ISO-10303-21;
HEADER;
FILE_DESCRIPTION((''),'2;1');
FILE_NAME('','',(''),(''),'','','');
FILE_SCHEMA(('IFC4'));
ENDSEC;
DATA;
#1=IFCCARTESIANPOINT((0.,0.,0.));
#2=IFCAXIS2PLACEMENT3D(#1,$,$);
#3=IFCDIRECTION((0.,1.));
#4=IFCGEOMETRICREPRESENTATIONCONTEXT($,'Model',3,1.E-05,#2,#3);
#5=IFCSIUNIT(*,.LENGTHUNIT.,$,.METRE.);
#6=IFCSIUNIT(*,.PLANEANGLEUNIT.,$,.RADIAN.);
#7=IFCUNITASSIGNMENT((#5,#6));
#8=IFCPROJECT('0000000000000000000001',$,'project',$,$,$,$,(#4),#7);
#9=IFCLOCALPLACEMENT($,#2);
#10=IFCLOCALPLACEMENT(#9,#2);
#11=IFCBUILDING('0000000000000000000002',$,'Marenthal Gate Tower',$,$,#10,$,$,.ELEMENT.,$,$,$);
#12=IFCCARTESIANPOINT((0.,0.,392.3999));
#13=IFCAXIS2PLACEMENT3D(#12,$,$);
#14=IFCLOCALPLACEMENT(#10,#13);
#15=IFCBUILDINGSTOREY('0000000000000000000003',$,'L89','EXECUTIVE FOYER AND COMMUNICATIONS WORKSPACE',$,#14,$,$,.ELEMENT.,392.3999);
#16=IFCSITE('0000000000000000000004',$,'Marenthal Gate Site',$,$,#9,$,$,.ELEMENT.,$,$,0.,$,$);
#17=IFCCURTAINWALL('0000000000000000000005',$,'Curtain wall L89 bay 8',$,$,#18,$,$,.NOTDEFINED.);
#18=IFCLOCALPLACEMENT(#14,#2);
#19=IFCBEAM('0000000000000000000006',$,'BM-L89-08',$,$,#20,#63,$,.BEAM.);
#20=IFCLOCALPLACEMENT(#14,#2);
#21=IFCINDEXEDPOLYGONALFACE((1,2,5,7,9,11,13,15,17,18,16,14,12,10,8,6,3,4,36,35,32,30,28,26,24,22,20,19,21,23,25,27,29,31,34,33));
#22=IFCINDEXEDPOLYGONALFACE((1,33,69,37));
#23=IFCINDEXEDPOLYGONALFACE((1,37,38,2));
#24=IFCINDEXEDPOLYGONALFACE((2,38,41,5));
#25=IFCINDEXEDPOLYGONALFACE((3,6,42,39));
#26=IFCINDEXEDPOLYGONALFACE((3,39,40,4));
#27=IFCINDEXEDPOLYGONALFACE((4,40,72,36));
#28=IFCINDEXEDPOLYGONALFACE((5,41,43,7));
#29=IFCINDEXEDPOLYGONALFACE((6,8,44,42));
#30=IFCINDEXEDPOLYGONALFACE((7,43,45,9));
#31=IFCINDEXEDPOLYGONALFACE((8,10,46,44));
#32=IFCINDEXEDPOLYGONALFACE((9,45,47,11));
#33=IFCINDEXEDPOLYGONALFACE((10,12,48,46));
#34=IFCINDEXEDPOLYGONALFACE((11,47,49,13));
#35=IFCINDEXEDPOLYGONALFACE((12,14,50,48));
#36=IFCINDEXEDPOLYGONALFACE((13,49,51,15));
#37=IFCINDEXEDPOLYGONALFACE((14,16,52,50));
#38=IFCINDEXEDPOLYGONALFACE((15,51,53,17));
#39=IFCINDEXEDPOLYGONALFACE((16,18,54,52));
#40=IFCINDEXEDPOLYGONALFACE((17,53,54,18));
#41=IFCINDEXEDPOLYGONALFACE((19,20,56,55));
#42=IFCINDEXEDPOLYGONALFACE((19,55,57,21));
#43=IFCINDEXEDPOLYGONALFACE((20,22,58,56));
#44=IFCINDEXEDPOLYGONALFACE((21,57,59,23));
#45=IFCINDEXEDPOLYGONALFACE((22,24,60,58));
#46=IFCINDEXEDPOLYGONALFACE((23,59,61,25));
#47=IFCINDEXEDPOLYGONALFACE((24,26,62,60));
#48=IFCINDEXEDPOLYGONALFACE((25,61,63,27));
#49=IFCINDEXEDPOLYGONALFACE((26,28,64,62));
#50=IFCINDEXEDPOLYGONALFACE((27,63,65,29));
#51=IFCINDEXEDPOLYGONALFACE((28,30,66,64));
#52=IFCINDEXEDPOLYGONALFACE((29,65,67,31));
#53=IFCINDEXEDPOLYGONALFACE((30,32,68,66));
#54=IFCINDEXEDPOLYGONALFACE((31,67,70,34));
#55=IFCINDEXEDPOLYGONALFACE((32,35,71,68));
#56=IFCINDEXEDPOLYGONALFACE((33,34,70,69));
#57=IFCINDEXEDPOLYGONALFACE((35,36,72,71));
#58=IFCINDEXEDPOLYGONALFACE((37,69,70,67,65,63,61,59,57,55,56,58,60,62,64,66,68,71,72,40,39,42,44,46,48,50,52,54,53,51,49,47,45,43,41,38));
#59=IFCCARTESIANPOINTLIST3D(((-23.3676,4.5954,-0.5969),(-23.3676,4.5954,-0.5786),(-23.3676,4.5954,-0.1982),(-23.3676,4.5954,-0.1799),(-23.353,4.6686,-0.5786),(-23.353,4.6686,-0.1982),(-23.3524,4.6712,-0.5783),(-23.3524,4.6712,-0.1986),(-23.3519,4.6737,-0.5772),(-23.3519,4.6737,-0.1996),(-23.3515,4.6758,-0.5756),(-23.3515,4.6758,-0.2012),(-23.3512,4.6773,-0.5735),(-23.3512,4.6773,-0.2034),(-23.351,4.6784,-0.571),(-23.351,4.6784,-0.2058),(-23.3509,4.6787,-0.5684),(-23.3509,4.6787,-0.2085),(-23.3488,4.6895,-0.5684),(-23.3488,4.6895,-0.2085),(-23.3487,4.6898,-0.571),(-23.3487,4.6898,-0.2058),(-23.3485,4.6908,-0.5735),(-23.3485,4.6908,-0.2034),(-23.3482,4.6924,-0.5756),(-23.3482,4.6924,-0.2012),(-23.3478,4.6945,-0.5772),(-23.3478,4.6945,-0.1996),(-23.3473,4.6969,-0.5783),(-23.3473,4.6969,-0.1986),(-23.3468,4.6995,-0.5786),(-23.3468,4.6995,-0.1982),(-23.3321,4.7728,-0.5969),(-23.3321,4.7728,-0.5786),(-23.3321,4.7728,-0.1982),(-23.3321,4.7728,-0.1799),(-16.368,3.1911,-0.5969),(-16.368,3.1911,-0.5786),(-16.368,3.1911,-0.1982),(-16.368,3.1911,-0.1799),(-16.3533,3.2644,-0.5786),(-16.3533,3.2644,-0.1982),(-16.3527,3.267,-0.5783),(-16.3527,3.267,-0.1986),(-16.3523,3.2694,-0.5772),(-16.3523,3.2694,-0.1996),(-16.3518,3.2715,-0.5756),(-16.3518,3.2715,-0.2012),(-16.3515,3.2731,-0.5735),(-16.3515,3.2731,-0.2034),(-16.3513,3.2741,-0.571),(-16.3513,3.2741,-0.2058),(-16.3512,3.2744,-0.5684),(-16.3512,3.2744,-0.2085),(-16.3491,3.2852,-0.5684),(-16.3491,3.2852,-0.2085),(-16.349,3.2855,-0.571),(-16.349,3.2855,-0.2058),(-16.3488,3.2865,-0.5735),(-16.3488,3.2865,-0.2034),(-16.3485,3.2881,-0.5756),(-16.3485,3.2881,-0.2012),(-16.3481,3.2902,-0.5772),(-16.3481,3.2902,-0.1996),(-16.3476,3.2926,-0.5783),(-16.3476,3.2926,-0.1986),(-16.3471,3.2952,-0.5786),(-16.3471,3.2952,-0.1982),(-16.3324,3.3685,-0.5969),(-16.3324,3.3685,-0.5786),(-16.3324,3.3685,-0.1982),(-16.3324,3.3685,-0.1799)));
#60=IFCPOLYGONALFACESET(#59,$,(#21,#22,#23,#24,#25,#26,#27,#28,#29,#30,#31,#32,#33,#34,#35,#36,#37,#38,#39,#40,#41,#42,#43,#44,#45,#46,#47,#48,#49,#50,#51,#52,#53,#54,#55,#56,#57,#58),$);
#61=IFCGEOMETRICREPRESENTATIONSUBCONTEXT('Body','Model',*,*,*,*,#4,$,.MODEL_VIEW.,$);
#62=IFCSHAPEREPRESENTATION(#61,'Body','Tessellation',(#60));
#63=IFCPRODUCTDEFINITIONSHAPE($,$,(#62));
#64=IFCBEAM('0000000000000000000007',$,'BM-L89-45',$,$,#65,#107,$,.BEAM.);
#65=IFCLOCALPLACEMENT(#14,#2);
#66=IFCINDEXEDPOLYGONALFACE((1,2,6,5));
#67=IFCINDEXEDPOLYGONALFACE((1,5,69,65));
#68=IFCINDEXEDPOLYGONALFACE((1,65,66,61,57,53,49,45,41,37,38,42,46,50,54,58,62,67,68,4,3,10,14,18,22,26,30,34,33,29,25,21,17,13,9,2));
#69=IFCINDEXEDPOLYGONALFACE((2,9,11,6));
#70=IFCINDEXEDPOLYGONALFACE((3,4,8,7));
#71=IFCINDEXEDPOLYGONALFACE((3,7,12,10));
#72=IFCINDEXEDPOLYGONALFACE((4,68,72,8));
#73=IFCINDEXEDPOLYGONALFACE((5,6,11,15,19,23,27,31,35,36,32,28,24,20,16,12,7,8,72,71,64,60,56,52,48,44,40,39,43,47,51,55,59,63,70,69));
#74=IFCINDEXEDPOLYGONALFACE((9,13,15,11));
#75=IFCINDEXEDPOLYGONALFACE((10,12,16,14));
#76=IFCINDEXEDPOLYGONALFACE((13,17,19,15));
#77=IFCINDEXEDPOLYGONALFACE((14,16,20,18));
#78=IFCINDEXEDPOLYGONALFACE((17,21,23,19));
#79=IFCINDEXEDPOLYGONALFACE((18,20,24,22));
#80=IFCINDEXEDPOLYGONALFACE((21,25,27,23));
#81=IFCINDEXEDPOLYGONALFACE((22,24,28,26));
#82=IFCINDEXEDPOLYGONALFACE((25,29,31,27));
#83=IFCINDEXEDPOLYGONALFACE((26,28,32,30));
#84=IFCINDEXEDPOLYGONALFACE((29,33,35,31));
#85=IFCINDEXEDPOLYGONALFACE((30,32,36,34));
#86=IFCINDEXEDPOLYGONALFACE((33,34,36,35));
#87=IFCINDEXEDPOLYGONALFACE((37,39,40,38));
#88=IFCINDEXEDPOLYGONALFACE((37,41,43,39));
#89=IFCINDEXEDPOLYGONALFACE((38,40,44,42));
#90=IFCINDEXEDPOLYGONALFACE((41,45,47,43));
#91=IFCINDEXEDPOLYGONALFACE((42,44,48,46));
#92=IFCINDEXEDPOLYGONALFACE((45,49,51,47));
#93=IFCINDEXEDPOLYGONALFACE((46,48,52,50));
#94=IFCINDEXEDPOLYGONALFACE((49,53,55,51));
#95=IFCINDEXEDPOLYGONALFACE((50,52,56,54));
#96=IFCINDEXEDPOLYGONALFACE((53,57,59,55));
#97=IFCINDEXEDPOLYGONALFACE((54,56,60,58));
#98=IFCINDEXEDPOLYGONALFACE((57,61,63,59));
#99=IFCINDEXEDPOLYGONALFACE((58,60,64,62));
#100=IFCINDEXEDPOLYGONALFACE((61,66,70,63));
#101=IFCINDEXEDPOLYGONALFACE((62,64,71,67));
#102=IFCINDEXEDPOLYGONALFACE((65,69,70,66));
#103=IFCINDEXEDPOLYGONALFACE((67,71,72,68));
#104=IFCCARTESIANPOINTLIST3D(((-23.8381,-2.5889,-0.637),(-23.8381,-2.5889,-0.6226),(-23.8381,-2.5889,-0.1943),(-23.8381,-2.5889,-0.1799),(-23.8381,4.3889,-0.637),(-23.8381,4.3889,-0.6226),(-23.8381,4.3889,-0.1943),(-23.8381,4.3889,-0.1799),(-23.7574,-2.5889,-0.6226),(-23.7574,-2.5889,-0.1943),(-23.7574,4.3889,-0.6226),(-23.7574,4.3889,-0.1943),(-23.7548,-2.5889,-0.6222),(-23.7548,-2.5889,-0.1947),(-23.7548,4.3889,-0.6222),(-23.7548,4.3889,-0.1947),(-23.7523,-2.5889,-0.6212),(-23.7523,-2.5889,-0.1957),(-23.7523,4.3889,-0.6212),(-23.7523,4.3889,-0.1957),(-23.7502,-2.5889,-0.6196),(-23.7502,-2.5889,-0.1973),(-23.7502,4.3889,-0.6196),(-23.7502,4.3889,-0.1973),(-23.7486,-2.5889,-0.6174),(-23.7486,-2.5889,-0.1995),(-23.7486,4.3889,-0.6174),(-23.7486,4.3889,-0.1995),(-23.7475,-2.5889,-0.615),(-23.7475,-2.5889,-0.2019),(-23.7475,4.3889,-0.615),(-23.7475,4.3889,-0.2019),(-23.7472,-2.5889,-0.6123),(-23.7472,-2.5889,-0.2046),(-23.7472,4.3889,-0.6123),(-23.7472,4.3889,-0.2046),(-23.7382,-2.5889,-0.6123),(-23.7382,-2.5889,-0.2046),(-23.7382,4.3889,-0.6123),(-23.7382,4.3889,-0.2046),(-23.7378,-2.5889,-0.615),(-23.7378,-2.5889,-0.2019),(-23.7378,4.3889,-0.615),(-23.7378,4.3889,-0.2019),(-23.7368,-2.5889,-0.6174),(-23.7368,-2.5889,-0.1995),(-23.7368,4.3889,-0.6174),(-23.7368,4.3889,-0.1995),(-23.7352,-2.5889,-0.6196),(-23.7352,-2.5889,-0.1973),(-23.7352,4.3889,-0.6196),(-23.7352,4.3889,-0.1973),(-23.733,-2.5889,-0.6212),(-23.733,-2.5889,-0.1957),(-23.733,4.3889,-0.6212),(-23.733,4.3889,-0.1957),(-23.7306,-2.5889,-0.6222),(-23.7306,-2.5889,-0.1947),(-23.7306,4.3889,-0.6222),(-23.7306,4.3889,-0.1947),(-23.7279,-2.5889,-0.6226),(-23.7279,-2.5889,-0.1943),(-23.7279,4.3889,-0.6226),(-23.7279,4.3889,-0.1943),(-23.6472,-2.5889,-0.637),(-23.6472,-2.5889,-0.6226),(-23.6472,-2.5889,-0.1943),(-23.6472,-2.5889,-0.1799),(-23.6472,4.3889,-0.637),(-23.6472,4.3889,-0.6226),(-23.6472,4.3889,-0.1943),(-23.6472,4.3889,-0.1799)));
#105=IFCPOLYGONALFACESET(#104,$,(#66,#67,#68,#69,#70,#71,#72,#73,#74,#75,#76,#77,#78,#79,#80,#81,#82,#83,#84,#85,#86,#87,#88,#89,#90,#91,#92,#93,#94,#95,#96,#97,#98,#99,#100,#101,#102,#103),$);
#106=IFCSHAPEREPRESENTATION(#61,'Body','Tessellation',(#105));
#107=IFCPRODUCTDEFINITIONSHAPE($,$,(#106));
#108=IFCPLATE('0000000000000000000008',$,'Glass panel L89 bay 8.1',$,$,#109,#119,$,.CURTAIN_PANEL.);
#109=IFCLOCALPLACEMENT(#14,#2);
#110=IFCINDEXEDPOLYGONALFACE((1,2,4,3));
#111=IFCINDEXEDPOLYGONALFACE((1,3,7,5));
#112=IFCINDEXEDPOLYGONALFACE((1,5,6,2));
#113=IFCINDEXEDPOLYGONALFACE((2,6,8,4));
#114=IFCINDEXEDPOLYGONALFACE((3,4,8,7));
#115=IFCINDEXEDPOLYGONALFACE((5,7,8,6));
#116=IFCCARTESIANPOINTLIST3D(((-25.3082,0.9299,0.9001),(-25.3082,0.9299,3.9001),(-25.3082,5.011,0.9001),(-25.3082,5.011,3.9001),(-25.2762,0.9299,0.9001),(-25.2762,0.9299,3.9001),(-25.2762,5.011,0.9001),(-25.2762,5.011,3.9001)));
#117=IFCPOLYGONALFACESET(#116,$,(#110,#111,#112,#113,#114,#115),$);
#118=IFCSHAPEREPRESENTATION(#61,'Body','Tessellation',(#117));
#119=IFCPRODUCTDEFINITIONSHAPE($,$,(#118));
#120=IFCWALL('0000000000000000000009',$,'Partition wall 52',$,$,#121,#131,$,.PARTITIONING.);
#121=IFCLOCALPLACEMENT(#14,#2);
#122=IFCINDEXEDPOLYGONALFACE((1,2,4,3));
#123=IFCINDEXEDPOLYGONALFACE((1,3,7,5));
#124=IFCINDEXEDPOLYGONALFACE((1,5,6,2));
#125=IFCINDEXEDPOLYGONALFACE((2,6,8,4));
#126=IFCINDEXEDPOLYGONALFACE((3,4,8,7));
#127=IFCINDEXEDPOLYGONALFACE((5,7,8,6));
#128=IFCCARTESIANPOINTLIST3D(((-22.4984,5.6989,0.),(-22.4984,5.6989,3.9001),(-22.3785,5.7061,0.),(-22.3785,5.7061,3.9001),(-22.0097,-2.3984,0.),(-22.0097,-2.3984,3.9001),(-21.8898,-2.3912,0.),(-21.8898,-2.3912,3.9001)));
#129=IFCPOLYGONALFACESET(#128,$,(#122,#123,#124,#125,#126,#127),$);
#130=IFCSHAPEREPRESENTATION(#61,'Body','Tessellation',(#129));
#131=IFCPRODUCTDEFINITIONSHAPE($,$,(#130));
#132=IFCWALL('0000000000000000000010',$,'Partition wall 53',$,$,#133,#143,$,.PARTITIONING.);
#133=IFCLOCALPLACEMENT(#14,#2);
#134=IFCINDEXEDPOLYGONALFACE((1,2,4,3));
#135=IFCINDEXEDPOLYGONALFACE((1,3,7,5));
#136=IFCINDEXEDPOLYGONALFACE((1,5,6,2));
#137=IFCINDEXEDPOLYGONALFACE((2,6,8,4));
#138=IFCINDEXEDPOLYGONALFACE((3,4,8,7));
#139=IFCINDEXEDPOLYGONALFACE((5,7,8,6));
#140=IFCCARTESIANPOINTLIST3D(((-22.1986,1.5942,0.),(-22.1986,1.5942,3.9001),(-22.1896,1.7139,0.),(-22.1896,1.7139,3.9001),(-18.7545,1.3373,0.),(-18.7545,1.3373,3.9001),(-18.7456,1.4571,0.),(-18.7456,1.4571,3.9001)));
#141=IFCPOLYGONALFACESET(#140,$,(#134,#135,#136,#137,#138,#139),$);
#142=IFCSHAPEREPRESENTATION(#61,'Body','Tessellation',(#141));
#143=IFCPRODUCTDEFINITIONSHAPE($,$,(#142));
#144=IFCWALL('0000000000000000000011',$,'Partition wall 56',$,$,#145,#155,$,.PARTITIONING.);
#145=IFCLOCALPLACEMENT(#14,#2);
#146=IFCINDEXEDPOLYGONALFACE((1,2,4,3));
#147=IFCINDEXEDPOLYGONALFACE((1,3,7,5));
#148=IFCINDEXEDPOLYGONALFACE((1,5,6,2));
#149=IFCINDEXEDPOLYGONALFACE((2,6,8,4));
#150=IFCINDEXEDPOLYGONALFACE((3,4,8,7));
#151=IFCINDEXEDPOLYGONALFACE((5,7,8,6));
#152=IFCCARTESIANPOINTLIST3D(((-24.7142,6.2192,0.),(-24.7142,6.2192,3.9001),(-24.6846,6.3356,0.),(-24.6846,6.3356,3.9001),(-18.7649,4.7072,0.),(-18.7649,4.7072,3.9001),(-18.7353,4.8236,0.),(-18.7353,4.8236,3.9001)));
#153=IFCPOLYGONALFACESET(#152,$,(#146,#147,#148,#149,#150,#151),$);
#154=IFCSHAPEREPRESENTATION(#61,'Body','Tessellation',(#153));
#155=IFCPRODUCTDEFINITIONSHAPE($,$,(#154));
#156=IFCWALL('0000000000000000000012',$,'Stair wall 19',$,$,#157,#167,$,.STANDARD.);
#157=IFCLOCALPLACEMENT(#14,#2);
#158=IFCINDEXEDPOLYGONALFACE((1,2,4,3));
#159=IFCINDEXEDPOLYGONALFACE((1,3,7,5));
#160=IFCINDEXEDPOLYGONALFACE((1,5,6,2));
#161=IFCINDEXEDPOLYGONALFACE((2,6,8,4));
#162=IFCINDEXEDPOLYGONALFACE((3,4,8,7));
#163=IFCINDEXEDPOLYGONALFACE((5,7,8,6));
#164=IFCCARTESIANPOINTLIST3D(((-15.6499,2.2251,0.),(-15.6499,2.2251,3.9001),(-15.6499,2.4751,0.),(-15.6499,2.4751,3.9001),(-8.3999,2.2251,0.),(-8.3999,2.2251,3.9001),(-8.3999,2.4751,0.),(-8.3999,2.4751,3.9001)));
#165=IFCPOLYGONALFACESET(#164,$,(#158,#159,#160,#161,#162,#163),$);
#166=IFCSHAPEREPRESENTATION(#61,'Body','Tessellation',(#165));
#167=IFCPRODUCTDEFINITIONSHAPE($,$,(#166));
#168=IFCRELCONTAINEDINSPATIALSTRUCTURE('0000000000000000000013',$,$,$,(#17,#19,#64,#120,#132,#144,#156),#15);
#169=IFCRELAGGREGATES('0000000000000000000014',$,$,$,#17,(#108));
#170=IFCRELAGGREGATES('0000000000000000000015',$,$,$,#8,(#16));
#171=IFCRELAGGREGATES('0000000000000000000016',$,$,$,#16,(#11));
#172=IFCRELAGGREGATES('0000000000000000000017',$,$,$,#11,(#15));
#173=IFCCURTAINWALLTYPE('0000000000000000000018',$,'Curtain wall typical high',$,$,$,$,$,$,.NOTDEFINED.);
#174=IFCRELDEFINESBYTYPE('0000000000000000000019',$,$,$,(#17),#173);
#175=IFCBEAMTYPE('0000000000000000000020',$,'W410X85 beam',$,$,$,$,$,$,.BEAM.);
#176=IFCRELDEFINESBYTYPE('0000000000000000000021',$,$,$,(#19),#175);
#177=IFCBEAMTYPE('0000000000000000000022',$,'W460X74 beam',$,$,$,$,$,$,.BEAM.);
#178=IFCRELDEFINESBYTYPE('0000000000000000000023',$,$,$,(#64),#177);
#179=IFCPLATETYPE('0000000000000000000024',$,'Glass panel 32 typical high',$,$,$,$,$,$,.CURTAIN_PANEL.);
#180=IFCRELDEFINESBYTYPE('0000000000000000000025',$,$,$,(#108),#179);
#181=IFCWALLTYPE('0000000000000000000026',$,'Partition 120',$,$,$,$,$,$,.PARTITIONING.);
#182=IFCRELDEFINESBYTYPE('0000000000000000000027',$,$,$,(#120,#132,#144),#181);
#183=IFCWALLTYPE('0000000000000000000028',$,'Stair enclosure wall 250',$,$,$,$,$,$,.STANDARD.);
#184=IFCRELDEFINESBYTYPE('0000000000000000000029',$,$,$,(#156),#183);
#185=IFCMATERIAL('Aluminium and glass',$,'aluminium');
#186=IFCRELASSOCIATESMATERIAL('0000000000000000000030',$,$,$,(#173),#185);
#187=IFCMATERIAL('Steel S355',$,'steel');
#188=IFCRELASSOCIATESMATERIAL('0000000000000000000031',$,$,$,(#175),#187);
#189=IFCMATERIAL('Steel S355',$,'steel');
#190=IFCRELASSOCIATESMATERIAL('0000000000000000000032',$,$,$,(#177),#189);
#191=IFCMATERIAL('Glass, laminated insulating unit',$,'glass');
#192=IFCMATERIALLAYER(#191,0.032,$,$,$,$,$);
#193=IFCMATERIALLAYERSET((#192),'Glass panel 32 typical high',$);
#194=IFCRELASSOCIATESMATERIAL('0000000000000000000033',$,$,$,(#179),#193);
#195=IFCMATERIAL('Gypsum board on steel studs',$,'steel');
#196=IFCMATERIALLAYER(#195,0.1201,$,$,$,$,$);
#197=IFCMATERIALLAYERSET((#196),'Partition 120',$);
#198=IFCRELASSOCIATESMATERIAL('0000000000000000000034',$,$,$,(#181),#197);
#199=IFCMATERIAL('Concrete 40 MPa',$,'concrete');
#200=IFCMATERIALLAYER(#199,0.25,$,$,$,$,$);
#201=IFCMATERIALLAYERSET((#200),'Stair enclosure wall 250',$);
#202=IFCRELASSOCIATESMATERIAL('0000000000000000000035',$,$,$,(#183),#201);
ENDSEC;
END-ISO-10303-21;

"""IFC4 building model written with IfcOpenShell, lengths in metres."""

from ifc_helpers import new_model, si_unit, direction, frame, frame_2d, origin, origin_2d, place, context, subcontext, project, spatial, rectangle, i_section, extrude, material, layer, layer_set, material_profile, profile_set, type_object, element, aggregate, save


model = new_model("IFC4")

# Units and contexts
model_context = context("Model", 3, precision=1e-05, world=origin(), true_north=direction((0.0, 1.0)))
body_context = subcontext(model_context, "Body", "Model", "MODEL_VIEW")
ifc_project = project(units=[si_unit("LENGTHUNIT", "METRE"), si_unit("PLANEANGLEUNIT", "RADIAN")], contexts=[model_context])

# Site, building, storey
site_placement = place(None, origin())
site = spatial("IfcSite", under=ifc_project, at=site_placement, Name="Marenthal Gate Site", CompositionType="ELEMENT", RefElevation=0.0)
building_placement = place(site_placement, origin())
building = spatial("IfcBuilding", under=site, at=building_placement, Name="Marenthal Gate Tower", CompositionType="ELEMENT")
storey_placement = place(building_placement, frame((0.0, 0.0, 392.3999)))
storey = spatial("IfcBuildingStorey", under=building, at=storey_placement, Name="L89", Description="EXECUTIVE FOYER AND COMMUNICATIONS WORKSPACE", CompositionType="ELEMENT", Elevation=392.3999)

# Curtain wall
ifc_material_1 = material(Name="Aluminium and glass", Category="aluminium")
curtain_wall_type = type_object("IfcCurtainWallType", Name="Curtain wall typical high", PredefinedType="NOTDEFINED", material=ifc_material_1)
curtain_wall_placement = place(storey_placement, origin())
curtain_wall = element("IfcCurtainWall", 1, at=curtain_wall_placement, inside=storey, type_object=curtain_wall_type, Name="Curtain wall L89 bay 8", PredefinedType="NOTDEFINED")

# Beams
ifc_material_2 = material(Name="Steel S355", Category="steel")
ifc_material_profile_1 = material_profile(ifc_material_2, i_section(OverallWidth=0.1809, OverallDepth=0.417, WebThickness=0.011, FlangeThickness=0.0183, FilletRadius=0.0103, at=origin_2d()), Name="W410X85")
ifc_profile_set_1 = profile_set([ifc_material_profile_1], Name="Steel S355")
beam_type_1 = type_object("IfcBeamType", Name="W410X85 beam", PredefinedType="BEAM", material=ifc_profile_set_1)
beam_1_placement = place(storey_placement, frame((-23.3499, 4.6841, -0.3884), z_axis=(0.980463, -0.196701, 0.0), x_axis=(0.196701, 0.980463, 0.0)))
element("IfcBeam", 2, at=beam_1_placement, inside=storey, type_object=beam_type_1, Name="BM-L89-08", PredefinedType="BEAM", context=body_context, shape_type="SweptSolid", body=[
    extrude(i_section(OverallWidth=0.1809, OverallDepth=0.417, WebThickness=0.011, FlangeThickness=0.0183, FilletRadius=0.0103, at=origin_2d()), origin(), (0.0, 0.0, 1.0), 7.1392),
])
ifc_material_3 = material(Name="Steel S355", Category="steel")
ifc_material_profile_2 = material_profile(ifc_material_3, i_section(OverallWidth=0.1909, OverallDepth=0.457, WebThickness=0.009, FlangeThickness=0.0144, FilletRadius=0.0103, at=origin_2d()), Name="W460X74")
ifc_profile_set_2 = profile_set([ifc_material_profile_2], Name="Steel S355")
beam_type_2 = type_object("IfcBeamType", Name="W460X74 beam", PredefinedType="BEAM", material=ifc_profile_set_2)
beam_2_placement = place(storey_placement, frame((-23.7427, 4.3889, -0.4084), z_axis=(0.0, -1.0, 0.0), x_axis=(1.0, 0.0, 0.0)))
element("IfcBeam", 3, at=beam_2_placement, inside=storey, type_object=beam_type_2, Name="BM-L89-45", PredefinedType="BEAM", context=body_context, shape_type="SweptSolid", body=[
    extrude(i_section(OverallWidth=0.1909, OverallDepth=0.457, WebThickness=0.009, FlangeThickness=0.0144, FilletRadius=0.0103, at=origin_2d()), origin(), (0.0, 0.0, 1.0), 6.9778),
])

# Plate
ifc_material_4 = material(Name="Glass, laminated insulating unit", Category="glass")
ifc_layer_1 = layer(ifc_material_4, 0.032)
ifc_layer_set_1 = layer_set([ifc_layer_1], Name="Glass panel 32 typical high")
plate_type = type_object("IfcPlateType", Name="Glass panel 32 typical high", PredefinedType="CURTAIN_PANEL", material=ifc_layer_set_1)
plate_placement = place(storey_placement, frame((-25.2922, 2.9705, 0.9001), z_axis=(0.0, 0.0, 1.0), x_axis=(0.0, -1.0, 0.0)))
plate = element("IfcPlate", 4, at=plate_placement, type_object=plate_type, Name="Glass panel L89 bay 8.1", PredefinedType="CURTAIN_PANEL", context=body_context, shape_type="SweptSolid", body=[
    extrude(rectangle(XDim=4.0811, YDim=0.032, at=origin_2d()), origin(), (0.0, 0.0, 1.0), 3.0),
])
aggregate(curtain_wall, [plate])

# Walls
ifc_material_5 = material(Name="Gypsum board on steel studs", Category="steel")
ifc_layer_2 = layer(ifc_material_5, 0.1201)
ifc_layer_set_2 = layer_set([ifc_layer_2], Name="Partition 120")
wall_type_1 = type_object("IfcWallType", Name="Partition 120", PredefinedType="PARTITIONING", material=ifc_layer_set_2)
wall_1_placement = place(storey_placement, frame((-22.4385, 5.7026, 0.0), z_axis=(0.0, 0.0, 1.0), x_axis=(0.060252, -0.998183, 0.0)))
element("IfcWall", 5, at=wall_1_placement, inside=storey, type_object=wall_type_1, Name="Partition wall 52", PredefinedType="PARTITIONING", context=body_context, shape_type="SweptSolid", body=[
    extrude(rectangle(XDim=8.1121, YDim=0.1201, at=frame_2d((4.0562, 0.0))), origin(), (0.0, 0.0, 1.0), 3.9001),
])
wall_2_placement = place(storey_placement, frame((-22.1941, 1.6541, 0.0), z_axis=(0.0, 0.0, 1.0), x_axis=(0.997231, -0.074366, 0.0)))
element("IfcWall", 6, at=wall_2_placement, inside=storey, type_object=wall_type_1, Name="Partition wall 53", PredefinedType="PARTITIONING", context=body_context, shape_type="SweptSolid", body=[
    extrude(rectangle(XDim=3.4536, YDim=0.1201, at=frame_2d((1.7268, 0.0))), origin(), (0.0, 0.0, 1.0), 3.9001),
])
wall_3_placement = place(storey_placement, frame((-18.75, 4.7654, 0.0), z_axis=(0.0, 0.0, 1.0), x_axis=(-0.96919, 0.246315, 0.0)))
element("IfcWall", 7, at=wall_3_placement, inside=storey, type_object=wall_type_1, Name="Partition wall 56", PredefinedType="PARTITIONING", context=body_context, shape_type="SweptSolid", body=[
    extrude(rectangle(XDim=6.1384, YDim=0.1201, at=frame_2d((3.0693, 0.0))), origin(), (0.0, 0.0, 1.0), 3.9001),
])
ifc_material_6 = material(Name="Concrete 40 MPa", Category="concrete")
ifc_layer_3 = layer(ifc_material_6, 0.25)
ifc_layer_set_3 = layer_set([ifc_layer_3], Name="Stair enclosure wall 250")
wall_type_2 = type_object("IfcWallType", Name="Stair enclosure wall 250", PredefinedType="STANDARD", material=ifc_layer_set_3)
wall_4_placement = place(storey_placement, frame((-15.6499, 2.3501, 0.0), z_axis=(0.0, 0.0, 1.0), x_axis=(1.0, 0.0, 0.0)))
element("IfcWall", 8, at=wall_4_placement, inside=storey, type_object=wall_type_2, Name="Stair wall 19", PredefinedType="STANDARD", context=body_context, shape_type="SweptSolid", body=[
    extrude(rectangle(XDim=7.25, YDim=0.25, at=frame_2d((3.625, 0.0))), origin(), (0.0, 0.0, 1.0), 3.9001),
])

save(model, "model.ifc")
